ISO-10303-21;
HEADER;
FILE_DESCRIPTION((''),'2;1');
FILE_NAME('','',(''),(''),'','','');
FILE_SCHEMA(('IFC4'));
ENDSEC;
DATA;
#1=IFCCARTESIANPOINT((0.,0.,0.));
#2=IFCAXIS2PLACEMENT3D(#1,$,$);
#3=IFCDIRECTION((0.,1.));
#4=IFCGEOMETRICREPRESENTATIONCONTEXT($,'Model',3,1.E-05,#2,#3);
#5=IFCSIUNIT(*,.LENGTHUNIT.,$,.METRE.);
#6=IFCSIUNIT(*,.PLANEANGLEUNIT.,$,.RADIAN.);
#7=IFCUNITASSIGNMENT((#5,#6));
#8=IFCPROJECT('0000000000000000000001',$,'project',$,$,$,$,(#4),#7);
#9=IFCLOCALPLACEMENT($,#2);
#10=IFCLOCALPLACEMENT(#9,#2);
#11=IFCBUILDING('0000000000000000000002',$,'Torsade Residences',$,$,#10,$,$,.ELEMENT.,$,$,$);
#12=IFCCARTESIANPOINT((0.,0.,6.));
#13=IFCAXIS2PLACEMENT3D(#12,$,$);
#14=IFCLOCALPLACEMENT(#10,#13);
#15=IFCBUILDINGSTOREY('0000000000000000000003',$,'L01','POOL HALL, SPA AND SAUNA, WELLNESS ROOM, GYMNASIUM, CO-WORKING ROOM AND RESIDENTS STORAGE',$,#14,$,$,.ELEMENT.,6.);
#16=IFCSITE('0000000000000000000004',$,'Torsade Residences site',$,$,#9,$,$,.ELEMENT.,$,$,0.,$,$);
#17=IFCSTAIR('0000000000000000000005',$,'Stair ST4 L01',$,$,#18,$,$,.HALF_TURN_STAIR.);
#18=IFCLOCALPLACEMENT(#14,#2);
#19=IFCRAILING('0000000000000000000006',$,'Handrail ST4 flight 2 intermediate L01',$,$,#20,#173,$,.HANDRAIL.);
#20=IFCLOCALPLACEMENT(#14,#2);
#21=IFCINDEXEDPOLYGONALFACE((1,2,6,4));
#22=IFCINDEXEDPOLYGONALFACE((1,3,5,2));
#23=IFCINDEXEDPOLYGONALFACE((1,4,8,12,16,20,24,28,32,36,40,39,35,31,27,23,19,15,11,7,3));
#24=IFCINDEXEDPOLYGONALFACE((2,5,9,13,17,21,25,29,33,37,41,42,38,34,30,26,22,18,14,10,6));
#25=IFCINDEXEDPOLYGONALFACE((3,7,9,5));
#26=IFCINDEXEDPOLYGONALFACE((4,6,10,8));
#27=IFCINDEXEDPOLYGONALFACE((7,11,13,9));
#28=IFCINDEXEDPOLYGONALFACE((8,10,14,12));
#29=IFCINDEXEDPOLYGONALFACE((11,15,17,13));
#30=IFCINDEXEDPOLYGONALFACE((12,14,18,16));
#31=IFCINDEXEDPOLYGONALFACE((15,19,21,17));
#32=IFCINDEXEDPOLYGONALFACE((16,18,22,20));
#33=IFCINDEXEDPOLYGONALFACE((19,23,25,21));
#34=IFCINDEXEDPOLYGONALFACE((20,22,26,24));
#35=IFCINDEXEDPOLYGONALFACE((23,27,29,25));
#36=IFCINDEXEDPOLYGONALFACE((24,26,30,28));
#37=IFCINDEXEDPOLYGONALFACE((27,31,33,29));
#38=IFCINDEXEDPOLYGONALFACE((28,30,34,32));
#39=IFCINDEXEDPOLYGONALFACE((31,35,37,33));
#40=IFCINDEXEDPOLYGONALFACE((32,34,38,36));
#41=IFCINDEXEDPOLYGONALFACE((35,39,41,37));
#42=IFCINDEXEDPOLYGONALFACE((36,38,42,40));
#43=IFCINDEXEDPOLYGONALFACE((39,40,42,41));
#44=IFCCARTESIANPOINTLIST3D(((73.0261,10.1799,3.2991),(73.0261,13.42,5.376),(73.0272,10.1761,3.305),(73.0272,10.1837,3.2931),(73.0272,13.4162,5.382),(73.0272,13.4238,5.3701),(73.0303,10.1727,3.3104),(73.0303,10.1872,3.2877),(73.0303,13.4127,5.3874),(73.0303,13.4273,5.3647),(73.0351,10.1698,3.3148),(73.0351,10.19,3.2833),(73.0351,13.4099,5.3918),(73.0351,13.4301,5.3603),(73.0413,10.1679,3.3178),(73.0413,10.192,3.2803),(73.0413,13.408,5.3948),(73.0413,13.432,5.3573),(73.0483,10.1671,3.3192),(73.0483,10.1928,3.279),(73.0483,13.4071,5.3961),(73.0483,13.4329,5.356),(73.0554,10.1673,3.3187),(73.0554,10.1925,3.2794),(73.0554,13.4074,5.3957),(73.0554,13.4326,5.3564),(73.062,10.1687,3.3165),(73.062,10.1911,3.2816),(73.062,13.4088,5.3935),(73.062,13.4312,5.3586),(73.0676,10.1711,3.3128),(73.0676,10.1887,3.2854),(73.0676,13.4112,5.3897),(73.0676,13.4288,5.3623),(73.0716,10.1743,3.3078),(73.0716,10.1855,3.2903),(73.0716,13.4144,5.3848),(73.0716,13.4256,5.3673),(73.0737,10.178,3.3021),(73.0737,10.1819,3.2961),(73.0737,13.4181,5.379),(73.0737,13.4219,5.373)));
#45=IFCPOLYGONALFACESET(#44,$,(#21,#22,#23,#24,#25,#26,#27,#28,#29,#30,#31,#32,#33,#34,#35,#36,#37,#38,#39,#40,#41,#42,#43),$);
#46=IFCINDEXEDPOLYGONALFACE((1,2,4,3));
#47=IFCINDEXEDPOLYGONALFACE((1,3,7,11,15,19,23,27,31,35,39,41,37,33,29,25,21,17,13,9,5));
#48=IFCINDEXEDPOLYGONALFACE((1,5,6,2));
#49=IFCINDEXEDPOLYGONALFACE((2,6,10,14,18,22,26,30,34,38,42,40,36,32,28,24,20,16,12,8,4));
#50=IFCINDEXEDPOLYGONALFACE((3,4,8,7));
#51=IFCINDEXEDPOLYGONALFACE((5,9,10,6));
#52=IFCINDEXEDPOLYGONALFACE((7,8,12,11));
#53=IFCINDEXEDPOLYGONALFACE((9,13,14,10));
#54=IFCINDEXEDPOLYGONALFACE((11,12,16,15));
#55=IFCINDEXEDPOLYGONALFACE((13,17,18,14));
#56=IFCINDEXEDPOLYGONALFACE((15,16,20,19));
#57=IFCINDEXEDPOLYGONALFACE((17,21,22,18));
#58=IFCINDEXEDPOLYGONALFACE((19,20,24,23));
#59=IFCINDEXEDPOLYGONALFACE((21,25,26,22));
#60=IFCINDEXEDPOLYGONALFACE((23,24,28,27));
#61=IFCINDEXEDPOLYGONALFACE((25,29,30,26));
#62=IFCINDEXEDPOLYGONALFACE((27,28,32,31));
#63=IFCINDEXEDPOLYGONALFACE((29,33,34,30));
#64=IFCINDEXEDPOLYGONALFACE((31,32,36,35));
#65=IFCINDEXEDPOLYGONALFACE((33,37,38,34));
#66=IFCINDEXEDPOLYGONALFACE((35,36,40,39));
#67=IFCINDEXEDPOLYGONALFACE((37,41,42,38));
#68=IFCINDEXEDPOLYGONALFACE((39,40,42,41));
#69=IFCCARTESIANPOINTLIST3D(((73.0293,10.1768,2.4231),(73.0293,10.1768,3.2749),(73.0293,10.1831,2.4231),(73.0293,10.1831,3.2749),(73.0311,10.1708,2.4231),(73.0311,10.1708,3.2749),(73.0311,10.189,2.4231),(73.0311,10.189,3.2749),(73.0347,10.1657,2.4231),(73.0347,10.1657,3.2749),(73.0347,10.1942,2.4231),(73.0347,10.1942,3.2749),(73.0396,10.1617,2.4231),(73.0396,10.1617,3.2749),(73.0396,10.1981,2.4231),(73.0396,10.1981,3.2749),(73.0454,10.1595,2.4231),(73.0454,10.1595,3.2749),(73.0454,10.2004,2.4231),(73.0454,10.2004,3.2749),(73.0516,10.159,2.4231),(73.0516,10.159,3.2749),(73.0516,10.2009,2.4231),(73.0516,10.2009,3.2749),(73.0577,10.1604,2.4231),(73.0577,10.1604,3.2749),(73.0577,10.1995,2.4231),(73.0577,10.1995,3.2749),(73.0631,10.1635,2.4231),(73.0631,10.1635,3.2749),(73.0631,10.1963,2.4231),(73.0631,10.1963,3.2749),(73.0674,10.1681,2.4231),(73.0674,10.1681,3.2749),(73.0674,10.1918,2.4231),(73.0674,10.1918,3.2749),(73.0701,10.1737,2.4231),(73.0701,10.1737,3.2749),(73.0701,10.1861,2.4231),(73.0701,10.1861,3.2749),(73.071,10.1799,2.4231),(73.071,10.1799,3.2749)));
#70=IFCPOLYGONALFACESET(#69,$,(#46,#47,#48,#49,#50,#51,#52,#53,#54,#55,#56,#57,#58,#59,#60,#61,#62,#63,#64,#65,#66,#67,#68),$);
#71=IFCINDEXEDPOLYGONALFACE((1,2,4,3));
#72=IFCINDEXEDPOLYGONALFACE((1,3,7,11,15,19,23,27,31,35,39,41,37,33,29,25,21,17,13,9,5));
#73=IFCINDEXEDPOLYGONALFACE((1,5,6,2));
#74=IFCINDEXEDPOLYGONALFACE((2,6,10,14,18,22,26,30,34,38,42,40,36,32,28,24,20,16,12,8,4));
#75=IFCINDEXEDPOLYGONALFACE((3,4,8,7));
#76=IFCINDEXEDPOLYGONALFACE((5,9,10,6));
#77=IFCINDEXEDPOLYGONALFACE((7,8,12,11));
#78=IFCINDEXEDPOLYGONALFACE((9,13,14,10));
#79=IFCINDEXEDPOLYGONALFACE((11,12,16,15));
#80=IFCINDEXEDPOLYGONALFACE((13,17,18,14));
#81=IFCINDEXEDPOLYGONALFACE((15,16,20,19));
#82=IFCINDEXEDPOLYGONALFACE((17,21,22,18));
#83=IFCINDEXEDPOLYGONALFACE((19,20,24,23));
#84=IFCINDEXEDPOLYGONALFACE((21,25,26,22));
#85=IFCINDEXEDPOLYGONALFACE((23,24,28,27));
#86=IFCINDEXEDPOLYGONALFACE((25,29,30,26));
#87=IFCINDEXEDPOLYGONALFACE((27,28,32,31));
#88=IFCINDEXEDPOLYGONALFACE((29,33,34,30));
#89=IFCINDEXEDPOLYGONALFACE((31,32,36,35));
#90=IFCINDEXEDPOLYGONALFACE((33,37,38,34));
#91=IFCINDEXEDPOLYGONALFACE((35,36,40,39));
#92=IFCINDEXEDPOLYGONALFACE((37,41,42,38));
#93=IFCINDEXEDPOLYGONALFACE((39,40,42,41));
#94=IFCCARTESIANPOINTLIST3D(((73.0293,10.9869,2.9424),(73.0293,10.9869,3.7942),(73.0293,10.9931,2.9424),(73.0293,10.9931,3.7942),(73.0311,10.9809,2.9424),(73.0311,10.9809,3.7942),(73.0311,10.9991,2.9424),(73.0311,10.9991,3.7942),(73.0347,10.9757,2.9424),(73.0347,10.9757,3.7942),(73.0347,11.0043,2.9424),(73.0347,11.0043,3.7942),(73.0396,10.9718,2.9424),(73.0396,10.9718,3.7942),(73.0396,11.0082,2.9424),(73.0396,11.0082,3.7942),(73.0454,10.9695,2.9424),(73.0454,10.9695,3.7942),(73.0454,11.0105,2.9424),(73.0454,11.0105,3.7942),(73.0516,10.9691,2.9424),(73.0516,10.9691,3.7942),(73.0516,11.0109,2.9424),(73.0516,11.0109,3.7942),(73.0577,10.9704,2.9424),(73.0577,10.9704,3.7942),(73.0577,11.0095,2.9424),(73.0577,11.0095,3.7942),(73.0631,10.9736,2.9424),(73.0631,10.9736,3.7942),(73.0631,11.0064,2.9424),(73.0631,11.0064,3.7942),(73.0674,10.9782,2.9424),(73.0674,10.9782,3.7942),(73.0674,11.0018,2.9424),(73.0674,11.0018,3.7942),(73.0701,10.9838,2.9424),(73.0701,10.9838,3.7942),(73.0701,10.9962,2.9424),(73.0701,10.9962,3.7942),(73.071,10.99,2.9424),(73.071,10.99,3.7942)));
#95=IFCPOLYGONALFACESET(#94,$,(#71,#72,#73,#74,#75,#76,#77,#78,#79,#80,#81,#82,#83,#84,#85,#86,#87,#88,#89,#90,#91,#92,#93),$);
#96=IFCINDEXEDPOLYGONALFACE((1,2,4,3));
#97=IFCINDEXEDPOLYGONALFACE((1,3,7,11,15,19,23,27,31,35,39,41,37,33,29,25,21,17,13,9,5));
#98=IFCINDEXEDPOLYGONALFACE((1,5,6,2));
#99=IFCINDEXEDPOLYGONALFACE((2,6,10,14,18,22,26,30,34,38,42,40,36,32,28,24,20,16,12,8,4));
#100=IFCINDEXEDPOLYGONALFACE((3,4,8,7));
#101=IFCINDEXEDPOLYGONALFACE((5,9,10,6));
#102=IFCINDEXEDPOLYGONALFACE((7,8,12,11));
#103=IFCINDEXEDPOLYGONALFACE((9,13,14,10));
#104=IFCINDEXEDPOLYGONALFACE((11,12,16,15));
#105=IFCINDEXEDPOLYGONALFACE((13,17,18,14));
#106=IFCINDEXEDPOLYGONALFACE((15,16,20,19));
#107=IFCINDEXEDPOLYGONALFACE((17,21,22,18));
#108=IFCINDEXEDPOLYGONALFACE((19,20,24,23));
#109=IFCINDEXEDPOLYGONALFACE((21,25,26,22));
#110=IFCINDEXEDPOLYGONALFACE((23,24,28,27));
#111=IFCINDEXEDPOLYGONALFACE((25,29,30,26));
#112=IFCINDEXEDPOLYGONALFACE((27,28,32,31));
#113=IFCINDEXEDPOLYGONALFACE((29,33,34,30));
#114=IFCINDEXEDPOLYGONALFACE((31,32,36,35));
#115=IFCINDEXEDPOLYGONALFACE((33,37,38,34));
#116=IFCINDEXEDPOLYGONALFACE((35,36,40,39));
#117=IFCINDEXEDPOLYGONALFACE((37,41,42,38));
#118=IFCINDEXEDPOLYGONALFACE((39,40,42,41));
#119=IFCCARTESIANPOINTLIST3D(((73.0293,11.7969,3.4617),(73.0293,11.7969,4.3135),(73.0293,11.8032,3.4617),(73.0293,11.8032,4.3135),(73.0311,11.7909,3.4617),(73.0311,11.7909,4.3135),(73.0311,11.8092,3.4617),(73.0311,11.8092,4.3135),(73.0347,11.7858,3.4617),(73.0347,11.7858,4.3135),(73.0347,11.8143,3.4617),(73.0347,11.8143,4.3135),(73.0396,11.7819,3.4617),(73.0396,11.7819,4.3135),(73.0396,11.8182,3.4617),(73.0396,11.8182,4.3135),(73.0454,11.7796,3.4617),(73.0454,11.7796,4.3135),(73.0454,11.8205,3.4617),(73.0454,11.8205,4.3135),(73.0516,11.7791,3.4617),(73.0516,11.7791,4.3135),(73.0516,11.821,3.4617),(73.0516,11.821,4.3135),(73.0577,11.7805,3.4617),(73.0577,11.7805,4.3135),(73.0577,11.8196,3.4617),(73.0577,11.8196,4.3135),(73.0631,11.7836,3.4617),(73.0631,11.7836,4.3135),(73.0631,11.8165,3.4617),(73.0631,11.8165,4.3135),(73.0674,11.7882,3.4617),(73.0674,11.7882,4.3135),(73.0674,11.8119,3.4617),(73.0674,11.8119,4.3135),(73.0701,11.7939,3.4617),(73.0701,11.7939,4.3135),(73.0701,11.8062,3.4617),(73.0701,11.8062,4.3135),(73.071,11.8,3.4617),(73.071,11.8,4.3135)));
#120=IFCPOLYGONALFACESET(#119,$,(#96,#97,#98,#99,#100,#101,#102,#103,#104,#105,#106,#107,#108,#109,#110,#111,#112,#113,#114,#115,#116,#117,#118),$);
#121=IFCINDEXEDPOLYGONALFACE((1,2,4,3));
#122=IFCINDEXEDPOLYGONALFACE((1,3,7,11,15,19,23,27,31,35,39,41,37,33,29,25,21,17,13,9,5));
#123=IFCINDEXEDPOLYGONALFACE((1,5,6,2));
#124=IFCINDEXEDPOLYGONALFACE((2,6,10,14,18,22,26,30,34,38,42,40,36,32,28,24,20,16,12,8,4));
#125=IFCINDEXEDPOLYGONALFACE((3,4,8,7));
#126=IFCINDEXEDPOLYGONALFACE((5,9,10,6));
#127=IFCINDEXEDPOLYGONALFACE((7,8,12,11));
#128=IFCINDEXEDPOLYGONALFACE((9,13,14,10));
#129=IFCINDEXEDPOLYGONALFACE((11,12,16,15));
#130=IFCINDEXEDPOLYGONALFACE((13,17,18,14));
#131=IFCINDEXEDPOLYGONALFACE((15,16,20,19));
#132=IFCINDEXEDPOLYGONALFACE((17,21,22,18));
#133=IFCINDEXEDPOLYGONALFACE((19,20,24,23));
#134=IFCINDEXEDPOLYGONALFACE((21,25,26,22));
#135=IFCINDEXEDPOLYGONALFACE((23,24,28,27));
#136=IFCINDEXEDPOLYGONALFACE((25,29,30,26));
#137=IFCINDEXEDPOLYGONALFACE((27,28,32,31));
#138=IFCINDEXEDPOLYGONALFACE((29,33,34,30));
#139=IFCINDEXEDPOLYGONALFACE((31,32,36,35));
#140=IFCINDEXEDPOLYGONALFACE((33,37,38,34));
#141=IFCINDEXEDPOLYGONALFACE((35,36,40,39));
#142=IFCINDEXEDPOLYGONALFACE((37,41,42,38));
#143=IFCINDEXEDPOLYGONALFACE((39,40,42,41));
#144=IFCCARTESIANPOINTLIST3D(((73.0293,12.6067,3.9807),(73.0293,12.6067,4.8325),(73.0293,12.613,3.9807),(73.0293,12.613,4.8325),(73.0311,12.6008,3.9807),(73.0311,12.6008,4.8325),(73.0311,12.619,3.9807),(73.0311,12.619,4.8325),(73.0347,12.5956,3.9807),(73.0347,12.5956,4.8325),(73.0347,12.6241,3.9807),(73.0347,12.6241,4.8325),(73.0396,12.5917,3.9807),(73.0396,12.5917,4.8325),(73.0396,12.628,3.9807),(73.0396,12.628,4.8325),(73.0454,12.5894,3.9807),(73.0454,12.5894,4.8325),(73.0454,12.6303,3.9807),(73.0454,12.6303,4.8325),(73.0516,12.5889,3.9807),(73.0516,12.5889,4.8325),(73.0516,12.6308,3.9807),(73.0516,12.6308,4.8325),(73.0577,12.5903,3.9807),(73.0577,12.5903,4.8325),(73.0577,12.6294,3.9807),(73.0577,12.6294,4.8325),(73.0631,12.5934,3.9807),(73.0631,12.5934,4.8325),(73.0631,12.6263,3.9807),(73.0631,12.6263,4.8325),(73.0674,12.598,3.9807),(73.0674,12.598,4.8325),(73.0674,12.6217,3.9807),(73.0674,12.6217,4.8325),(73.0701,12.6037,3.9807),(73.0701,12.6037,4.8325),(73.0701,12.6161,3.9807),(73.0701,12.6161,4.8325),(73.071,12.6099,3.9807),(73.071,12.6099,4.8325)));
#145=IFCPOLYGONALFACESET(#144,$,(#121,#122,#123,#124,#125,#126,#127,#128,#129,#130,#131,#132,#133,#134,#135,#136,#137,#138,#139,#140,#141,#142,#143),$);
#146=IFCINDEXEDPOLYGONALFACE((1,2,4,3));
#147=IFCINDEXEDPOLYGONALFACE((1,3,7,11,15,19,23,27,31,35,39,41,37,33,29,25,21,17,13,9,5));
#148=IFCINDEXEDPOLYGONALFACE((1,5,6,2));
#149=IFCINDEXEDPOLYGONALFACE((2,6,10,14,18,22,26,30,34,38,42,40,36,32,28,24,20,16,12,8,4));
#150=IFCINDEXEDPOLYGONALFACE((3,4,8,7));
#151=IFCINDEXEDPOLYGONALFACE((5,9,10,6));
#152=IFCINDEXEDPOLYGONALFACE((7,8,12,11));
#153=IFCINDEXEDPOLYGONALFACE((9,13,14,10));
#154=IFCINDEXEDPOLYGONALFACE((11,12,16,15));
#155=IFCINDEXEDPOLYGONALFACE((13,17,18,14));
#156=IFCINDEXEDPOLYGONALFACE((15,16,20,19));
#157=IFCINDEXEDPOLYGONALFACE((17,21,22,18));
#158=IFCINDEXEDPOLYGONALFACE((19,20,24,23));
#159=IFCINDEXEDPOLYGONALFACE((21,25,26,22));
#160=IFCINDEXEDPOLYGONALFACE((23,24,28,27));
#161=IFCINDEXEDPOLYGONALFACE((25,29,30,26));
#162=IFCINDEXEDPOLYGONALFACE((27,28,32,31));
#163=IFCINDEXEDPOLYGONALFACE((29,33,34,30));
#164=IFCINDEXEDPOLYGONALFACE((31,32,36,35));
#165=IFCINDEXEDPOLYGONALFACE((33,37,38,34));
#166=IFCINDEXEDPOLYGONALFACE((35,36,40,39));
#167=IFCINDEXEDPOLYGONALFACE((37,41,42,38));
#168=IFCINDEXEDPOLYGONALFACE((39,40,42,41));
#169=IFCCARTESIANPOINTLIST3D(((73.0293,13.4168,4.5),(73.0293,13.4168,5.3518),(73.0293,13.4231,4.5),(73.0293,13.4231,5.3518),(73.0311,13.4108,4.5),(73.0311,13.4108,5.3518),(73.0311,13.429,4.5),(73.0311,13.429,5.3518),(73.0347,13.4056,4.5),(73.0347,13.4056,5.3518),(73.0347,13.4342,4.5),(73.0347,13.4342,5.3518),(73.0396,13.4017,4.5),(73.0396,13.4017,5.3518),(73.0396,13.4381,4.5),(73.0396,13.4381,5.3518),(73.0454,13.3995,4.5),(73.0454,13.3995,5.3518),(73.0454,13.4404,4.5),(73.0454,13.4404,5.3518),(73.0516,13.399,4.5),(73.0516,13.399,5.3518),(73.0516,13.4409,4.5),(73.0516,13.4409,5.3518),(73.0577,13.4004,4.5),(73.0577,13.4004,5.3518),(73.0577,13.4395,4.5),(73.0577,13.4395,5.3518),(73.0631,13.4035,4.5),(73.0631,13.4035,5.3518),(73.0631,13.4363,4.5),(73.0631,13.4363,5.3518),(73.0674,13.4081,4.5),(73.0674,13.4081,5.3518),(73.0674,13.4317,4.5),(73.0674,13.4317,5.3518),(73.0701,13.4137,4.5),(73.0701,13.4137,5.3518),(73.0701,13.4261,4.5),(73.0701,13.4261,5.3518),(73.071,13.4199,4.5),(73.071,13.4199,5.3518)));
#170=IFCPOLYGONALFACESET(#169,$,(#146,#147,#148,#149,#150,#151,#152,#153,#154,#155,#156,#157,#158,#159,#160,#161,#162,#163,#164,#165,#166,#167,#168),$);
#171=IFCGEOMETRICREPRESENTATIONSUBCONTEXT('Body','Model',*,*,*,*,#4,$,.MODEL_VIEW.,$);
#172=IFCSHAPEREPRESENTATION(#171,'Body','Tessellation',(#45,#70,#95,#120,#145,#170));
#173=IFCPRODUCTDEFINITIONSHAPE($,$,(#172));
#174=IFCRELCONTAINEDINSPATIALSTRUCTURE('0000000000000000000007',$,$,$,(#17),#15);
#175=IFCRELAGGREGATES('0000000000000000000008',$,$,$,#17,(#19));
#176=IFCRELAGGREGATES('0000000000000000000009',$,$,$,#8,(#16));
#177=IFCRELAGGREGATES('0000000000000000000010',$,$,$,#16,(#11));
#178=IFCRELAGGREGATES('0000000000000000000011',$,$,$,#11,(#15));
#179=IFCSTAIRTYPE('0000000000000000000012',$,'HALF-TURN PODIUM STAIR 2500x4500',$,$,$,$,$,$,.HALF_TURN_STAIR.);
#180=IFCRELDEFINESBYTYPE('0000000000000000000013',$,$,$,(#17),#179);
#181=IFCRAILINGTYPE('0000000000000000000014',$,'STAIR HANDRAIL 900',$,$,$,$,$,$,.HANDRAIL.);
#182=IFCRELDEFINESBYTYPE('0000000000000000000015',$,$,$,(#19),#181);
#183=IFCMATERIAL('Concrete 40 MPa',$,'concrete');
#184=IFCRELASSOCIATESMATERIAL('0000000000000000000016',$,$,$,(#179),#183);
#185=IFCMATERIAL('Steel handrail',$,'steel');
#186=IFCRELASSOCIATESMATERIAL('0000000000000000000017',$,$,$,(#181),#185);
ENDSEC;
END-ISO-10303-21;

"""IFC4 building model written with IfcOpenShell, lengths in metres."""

from ifc_helpers import new_model, si_unit, direction, frame, origin, origin_2d, place, context, subcontext, project, spatial, circle, extrude, material, type_object, element, aggregate, save


model = new_model("IFC4")

# Units and contexts
model_context = context("Model", 3, precision=1e-05, world=origin(), true_north=direction((0.0, 1.0)))
body_context = subcontext(model_context, "Body", "Model", "MODEL_VIEW")
ifc_project = project(units=[si_unit("LENGTHUNIT", "METRE"), si_unit("PLANEANGLEUNIT", "RADIAN")], contexts=[model_context])

# Site, building, storey
site_placement = place(None, origin())
site = spatial("IfcSite", under=ifc_project, at=site_placement, Name="Torsade Residences site", CompositionType="ELEMENT", RefElevation=0.0)
building_placement = place(site_placement, origin())
building = spatial("IfcBuilding", under=site, at=building_placement, Name="Torsade Residences", CompositionType="ELEMENT")
storey_placement = place(building_placement, frame((0.0, 0.0, 6.0)))
storey = spatial("IfcBuildingStorey", under=building, at=storey_placement, Name="L01", Description="POOL HALL, SPA AND SAUNA, WELLNESS ROOM, GYMNASIUM, CO-WORKING ROOM AND RESIDENTS STORAGE", CompositionType="ELEMENT", Elevation=6.0)

# Stair, railing
ifc_material_1 = material(Name="Concrete 40 MPa", Category="concrete")
stair_type = type_object("IfcStairType", Name="HALF-TURN PODIUM STAIR 2500x4500", PredefinedType="HALF_TURN_STAIR", material=ifc_material_1)
stair_placement = place(storey_placement, origin())
stair = element("IfcStair", 1, at=stair_placement, inside=storey, type_object=stair_type, Name="Stair ST4 L01", PredefinedType="HALF_TURN_STAIR")
ifc_material_2 = material(Name="Steel handrail", Category="steel")
railing_type = type_object("IfcRailingType", Name="STAIR HANDRAIL 900", PredefinedType="HANDRAIL", material=ifc_material_2)
railing_1_placement = place(storey_placement, frame((73.05, 10.1799, 2.4231)))
railing_1 = element("IfcRailing", 2, at=railing_1_placement, type_object=railing_type, Name="Handrail ST4 flight 2 intermediate L01", PredefinedType="HANDRAIL", context=body_context, shape_type="SweptSolid", body=[
    extrude(circle(Radius=0.0239, at=origin_2d()), frame((0.0, 0.0, 0.876), z_axis=(0.0, 0.841881, 0.539664), x_axis=(-1.0, 0.0, 0.0)), (0.0, 0.0, 1.0), 3.8486),
    extrude(circle(Radius=0.021, at=origin_2d()), origin(), (0.0, 0.0, 1.0), 0.8518),
    extrude(circle(Radius=0.021, at=origin_2d()), frame((0.0, 0.8101, 0.5193)), (0.0, 0.0, 1.0), 0.8518),
    extrude(circle(Radius=0.021, at=origin_2d()), frame((0.0, 1.6201, 1.0386)), (0.0, 0.0, 1.0), 0.8518),
    extrude(circle(Radius=0.021, at=origin_2d()), frame((0.0, 2.4299, 1.5576)), (0.0, 0.0, 1.0), 0.8518),
    extrude(circle(Radius=0.021, at=origin_2d()), frame((0.0, 3.24, 2.0769)), (0.0, 0.0, 1.0), 0.8518),
])
aggregate(stair, [railing_1])

save(model, "model.ifc")
